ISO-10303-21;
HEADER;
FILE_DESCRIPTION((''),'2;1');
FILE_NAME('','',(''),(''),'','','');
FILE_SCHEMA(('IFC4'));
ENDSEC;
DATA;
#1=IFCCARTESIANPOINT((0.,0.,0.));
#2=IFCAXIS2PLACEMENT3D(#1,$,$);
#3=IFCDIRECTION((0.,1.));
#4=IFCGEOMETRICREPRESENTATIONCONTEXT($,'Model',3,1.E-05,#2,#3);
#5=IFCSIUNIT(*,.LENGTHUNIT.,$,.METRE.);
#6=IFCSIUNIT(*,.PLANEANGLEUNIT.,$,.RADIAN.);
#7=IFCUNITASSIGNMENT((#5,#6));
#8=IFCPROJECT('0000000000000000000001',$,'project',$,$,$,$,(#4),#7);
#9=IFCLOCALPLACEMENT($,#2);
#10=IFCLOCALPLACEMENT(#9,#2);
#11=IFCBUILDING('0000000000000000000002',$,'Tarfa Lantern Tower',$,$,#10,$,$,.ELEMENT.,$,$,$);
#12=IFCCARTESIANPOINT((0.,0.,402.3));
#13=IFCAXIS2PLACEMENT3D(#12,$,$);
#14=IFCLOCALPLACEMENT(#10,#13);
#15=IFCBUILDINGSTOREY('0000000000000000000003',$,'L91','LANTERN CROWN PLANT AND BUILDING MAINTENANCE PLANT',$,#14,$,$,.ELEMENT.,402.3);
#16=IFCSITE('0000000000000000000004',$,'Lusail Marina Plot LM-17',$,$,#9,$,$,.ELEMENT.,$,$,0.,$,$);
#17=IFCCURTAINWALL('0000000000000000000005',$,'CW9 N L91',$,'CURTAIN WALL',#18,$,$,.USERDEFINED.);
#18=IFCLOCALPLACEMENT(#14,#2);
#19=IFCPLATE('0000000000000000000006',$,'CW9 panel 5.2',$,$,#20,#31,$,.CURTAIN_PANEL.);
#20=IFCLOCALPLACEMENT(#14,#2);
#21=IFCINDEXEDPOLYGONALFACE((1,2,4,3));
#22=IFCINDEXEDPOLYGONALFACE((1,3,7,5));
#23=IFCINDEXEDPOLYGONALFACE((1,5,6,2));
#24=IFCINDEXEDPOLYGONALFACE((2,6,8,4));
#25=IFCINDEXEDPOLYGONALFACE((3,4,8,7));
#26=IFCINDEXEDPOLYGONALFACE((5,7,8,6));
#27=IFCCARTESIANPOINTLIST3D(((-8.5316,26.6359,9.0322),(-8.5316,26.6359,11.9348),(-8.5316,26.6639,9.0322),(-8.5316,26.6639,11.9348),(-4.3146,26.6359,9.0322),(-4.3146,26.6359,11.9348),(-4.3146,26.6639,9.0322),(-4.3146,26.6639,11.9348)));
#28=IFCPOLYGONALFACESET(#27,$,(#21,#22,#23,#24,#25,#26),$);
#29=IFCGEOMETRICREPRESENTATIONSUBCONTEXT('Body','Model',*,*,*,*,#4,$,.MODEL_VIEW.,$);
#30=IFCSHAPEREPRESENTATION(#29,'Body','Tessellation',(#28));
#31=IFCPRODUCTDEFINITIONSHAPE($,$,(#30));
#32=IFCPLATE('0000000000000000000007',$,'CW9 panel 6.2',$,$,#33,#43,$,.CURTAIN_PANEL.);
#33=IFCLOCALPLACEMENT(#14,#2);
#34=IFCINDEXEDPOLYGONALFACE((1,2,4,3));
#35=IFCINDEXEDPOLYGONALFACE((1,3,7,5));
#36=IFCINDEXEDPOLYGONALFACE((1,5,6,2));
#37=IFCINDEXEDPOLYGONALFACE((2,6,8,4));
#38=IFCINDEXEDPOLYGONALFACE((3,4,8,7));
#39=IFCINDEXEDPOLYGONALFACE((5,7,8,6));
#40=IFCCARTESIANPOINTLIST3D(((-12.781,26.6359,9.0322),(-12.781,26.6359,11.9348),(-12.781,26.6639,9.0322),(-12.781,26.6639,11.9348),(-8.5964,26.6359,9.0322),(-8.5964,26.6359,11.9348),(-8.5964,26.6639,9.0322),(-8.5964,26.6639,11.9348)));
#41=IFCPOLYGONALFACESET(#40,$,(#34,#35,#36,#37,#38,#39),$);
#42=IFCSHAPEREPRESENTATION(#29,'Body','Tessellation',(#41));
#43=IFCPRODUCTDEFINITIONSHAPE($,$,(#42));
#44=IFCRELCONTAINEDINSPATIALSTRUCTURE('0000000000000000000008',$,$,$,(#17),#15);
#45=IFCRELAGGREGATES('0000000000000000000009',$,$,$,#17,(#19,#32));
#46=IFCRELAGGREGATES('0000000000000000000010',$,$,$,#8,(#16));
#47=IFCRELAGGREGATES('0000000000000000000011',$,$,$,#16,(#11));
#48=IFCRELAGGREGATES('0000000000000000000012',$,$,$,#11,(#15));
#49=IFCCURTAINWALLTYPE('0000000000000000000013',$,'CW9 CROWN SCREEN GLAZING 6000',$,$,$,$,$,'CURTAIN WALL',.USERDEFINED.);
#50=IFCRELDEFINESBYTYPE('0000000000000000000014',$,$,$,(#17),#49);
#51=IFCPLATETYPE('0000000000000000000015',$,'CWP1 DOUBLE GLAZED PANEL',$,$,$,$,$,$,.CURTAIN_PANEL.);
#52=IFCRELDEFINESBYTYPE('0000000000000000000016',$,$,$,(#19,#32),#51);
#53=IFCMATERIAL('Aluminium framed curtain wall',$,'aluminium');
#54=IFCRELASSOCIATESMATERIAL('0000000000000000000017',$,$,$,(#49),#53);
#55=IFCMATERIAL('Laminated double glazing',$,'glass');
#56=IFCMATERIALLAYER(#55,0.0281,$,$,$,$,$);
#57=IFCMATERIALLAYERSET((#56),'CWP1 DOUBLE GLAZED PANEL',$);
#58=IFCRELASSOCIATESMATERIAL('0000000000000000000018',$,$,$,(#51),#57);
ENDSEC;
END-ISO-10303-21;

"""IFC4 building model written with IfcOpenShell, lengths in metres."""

from ifc_helpers import new_model, si_unit, direction, frame, origin, origin_2d, place, context, subcontext, project, spatial, rectangle, extrude, material, layer, layer_set, type_object, element, aggregate, save


model = new_model("IFC4")

# Units and contexts
model_context = context("Model", 3, precision=1e-05, world=origin(), true_north=direction((0.0, 1.0)))
body_context = subcontext(model_context, "Body", "Model", "MODEL_VIEW")
ifc_project = project(units=[si_unit("LENGTHUNIT", "METRE"), si_unit("PLANEANGLEUNIT", "RADIAN")], contexts=[model_context])

# Site, building, storey
site_placement = place(None, origin())
site = spatial("IfcSite", under=ifc_project, at=site_placement, Name="Lusail Marina Plot LM-17", CompositionType="ELEMENT", RefElevation=0.0)
building_placement = place(site_placement, origin())
building = spatial("IfcBuilding", under=site, at=building_placement, Name="Tarfa Lantern Tower", CompositionType="ELEMENT")
storey_placement = place(building_placement, frame((0.0, 0.0, 402.3)))
storey = spatial("IfcBuildingStorey", under=building, at=storey_placement, Name="L91", Description="LANTERN CROWN PLANT AND BUILDING MAINTENANCE PLANT", CompositionType="ELEMENT", Elevation=402.3)

# Curtain wall
ifc_material_1 = material(Name="Aluminium framed curtain wall", Category="aluminium")
curtain_wall_type_1 = type_object("IfcCurtainWallType", Name="CW9 CROWN SCREEN GLAZING 6000", ElementType="CURTAIN WALL", PredefinedType="USERDEFINED", material=ifc_material_1)
curtain_wall_1_placement = place(storey_placement, origin())
curtain_wall_1 = element("IfcCurtainWall", 1, at=curtain_wall_1_placement, inside=storey, type_object=curtain_wall_type_1, Name="CW9 N L91", ObjectType="CURTAIN WALL", PredefinedType="USERDEFINED")

# Plates
ifc_material_2 = material(Name="Laminated double glazing", Category="glass")
ifc_layer = layer(ifc_material_2, 0.0281)
ifc_layer_set = layer_set([ifc_layer], Name="CWP1 DOUBLE GLAZED PANEL")
plate_type = type_object("IfcPlateType", Name="CWP1 DOUBLE GLAZED PANEL", PredefinedType="CURTAIN_PANEL", material=ifc_layer_set)
plate_1_placement = place(storey_placement, frame((-6.4231, 26.6499, 9.0322), z_axis=(0.0, 0.0, 1.0), x_axis=(-1.0, 0.0, 0.0)))
plate_1 = element("IfcPlate", 2, at=plate_1_placement, type_object=plate_type, Name="CW9 panel 5.2", PredefinedType="CURTAIN_PANEL", context=body_context, shape_type="SweptSolid", body=[
    extrude(rectangle(XDim=4.217, YDim=0.0281, at=origin_2d()), origin(), (0.0, 0.0, 1.0), 2.9026),
])
plate_2_placement = place(storey_placement, frame((-10.6887, 26.6499, 9.0322), z_axis=(0.0, 0.0, 1.0), x_axis=(-1.0, 0.0, 0.0)))
plate_2 = element("IfcPlate", 3, at=plate_2_placement, type_object=plate_type, Name="CW9 panel 6.2", PredefinedType="CURTAIN_PANEL", context=body_context, shape_type="SweptSolid", body=[
    extrude(rectangle(XDim=4.1846, YDim=0.0281, at=origin_2d()), origin(), (0.0, 0.0, 1.0), 2.9026),
])
aggregate(curtain_wall_1, [plate_1, plate_2])

save(model, "model.ifc")
